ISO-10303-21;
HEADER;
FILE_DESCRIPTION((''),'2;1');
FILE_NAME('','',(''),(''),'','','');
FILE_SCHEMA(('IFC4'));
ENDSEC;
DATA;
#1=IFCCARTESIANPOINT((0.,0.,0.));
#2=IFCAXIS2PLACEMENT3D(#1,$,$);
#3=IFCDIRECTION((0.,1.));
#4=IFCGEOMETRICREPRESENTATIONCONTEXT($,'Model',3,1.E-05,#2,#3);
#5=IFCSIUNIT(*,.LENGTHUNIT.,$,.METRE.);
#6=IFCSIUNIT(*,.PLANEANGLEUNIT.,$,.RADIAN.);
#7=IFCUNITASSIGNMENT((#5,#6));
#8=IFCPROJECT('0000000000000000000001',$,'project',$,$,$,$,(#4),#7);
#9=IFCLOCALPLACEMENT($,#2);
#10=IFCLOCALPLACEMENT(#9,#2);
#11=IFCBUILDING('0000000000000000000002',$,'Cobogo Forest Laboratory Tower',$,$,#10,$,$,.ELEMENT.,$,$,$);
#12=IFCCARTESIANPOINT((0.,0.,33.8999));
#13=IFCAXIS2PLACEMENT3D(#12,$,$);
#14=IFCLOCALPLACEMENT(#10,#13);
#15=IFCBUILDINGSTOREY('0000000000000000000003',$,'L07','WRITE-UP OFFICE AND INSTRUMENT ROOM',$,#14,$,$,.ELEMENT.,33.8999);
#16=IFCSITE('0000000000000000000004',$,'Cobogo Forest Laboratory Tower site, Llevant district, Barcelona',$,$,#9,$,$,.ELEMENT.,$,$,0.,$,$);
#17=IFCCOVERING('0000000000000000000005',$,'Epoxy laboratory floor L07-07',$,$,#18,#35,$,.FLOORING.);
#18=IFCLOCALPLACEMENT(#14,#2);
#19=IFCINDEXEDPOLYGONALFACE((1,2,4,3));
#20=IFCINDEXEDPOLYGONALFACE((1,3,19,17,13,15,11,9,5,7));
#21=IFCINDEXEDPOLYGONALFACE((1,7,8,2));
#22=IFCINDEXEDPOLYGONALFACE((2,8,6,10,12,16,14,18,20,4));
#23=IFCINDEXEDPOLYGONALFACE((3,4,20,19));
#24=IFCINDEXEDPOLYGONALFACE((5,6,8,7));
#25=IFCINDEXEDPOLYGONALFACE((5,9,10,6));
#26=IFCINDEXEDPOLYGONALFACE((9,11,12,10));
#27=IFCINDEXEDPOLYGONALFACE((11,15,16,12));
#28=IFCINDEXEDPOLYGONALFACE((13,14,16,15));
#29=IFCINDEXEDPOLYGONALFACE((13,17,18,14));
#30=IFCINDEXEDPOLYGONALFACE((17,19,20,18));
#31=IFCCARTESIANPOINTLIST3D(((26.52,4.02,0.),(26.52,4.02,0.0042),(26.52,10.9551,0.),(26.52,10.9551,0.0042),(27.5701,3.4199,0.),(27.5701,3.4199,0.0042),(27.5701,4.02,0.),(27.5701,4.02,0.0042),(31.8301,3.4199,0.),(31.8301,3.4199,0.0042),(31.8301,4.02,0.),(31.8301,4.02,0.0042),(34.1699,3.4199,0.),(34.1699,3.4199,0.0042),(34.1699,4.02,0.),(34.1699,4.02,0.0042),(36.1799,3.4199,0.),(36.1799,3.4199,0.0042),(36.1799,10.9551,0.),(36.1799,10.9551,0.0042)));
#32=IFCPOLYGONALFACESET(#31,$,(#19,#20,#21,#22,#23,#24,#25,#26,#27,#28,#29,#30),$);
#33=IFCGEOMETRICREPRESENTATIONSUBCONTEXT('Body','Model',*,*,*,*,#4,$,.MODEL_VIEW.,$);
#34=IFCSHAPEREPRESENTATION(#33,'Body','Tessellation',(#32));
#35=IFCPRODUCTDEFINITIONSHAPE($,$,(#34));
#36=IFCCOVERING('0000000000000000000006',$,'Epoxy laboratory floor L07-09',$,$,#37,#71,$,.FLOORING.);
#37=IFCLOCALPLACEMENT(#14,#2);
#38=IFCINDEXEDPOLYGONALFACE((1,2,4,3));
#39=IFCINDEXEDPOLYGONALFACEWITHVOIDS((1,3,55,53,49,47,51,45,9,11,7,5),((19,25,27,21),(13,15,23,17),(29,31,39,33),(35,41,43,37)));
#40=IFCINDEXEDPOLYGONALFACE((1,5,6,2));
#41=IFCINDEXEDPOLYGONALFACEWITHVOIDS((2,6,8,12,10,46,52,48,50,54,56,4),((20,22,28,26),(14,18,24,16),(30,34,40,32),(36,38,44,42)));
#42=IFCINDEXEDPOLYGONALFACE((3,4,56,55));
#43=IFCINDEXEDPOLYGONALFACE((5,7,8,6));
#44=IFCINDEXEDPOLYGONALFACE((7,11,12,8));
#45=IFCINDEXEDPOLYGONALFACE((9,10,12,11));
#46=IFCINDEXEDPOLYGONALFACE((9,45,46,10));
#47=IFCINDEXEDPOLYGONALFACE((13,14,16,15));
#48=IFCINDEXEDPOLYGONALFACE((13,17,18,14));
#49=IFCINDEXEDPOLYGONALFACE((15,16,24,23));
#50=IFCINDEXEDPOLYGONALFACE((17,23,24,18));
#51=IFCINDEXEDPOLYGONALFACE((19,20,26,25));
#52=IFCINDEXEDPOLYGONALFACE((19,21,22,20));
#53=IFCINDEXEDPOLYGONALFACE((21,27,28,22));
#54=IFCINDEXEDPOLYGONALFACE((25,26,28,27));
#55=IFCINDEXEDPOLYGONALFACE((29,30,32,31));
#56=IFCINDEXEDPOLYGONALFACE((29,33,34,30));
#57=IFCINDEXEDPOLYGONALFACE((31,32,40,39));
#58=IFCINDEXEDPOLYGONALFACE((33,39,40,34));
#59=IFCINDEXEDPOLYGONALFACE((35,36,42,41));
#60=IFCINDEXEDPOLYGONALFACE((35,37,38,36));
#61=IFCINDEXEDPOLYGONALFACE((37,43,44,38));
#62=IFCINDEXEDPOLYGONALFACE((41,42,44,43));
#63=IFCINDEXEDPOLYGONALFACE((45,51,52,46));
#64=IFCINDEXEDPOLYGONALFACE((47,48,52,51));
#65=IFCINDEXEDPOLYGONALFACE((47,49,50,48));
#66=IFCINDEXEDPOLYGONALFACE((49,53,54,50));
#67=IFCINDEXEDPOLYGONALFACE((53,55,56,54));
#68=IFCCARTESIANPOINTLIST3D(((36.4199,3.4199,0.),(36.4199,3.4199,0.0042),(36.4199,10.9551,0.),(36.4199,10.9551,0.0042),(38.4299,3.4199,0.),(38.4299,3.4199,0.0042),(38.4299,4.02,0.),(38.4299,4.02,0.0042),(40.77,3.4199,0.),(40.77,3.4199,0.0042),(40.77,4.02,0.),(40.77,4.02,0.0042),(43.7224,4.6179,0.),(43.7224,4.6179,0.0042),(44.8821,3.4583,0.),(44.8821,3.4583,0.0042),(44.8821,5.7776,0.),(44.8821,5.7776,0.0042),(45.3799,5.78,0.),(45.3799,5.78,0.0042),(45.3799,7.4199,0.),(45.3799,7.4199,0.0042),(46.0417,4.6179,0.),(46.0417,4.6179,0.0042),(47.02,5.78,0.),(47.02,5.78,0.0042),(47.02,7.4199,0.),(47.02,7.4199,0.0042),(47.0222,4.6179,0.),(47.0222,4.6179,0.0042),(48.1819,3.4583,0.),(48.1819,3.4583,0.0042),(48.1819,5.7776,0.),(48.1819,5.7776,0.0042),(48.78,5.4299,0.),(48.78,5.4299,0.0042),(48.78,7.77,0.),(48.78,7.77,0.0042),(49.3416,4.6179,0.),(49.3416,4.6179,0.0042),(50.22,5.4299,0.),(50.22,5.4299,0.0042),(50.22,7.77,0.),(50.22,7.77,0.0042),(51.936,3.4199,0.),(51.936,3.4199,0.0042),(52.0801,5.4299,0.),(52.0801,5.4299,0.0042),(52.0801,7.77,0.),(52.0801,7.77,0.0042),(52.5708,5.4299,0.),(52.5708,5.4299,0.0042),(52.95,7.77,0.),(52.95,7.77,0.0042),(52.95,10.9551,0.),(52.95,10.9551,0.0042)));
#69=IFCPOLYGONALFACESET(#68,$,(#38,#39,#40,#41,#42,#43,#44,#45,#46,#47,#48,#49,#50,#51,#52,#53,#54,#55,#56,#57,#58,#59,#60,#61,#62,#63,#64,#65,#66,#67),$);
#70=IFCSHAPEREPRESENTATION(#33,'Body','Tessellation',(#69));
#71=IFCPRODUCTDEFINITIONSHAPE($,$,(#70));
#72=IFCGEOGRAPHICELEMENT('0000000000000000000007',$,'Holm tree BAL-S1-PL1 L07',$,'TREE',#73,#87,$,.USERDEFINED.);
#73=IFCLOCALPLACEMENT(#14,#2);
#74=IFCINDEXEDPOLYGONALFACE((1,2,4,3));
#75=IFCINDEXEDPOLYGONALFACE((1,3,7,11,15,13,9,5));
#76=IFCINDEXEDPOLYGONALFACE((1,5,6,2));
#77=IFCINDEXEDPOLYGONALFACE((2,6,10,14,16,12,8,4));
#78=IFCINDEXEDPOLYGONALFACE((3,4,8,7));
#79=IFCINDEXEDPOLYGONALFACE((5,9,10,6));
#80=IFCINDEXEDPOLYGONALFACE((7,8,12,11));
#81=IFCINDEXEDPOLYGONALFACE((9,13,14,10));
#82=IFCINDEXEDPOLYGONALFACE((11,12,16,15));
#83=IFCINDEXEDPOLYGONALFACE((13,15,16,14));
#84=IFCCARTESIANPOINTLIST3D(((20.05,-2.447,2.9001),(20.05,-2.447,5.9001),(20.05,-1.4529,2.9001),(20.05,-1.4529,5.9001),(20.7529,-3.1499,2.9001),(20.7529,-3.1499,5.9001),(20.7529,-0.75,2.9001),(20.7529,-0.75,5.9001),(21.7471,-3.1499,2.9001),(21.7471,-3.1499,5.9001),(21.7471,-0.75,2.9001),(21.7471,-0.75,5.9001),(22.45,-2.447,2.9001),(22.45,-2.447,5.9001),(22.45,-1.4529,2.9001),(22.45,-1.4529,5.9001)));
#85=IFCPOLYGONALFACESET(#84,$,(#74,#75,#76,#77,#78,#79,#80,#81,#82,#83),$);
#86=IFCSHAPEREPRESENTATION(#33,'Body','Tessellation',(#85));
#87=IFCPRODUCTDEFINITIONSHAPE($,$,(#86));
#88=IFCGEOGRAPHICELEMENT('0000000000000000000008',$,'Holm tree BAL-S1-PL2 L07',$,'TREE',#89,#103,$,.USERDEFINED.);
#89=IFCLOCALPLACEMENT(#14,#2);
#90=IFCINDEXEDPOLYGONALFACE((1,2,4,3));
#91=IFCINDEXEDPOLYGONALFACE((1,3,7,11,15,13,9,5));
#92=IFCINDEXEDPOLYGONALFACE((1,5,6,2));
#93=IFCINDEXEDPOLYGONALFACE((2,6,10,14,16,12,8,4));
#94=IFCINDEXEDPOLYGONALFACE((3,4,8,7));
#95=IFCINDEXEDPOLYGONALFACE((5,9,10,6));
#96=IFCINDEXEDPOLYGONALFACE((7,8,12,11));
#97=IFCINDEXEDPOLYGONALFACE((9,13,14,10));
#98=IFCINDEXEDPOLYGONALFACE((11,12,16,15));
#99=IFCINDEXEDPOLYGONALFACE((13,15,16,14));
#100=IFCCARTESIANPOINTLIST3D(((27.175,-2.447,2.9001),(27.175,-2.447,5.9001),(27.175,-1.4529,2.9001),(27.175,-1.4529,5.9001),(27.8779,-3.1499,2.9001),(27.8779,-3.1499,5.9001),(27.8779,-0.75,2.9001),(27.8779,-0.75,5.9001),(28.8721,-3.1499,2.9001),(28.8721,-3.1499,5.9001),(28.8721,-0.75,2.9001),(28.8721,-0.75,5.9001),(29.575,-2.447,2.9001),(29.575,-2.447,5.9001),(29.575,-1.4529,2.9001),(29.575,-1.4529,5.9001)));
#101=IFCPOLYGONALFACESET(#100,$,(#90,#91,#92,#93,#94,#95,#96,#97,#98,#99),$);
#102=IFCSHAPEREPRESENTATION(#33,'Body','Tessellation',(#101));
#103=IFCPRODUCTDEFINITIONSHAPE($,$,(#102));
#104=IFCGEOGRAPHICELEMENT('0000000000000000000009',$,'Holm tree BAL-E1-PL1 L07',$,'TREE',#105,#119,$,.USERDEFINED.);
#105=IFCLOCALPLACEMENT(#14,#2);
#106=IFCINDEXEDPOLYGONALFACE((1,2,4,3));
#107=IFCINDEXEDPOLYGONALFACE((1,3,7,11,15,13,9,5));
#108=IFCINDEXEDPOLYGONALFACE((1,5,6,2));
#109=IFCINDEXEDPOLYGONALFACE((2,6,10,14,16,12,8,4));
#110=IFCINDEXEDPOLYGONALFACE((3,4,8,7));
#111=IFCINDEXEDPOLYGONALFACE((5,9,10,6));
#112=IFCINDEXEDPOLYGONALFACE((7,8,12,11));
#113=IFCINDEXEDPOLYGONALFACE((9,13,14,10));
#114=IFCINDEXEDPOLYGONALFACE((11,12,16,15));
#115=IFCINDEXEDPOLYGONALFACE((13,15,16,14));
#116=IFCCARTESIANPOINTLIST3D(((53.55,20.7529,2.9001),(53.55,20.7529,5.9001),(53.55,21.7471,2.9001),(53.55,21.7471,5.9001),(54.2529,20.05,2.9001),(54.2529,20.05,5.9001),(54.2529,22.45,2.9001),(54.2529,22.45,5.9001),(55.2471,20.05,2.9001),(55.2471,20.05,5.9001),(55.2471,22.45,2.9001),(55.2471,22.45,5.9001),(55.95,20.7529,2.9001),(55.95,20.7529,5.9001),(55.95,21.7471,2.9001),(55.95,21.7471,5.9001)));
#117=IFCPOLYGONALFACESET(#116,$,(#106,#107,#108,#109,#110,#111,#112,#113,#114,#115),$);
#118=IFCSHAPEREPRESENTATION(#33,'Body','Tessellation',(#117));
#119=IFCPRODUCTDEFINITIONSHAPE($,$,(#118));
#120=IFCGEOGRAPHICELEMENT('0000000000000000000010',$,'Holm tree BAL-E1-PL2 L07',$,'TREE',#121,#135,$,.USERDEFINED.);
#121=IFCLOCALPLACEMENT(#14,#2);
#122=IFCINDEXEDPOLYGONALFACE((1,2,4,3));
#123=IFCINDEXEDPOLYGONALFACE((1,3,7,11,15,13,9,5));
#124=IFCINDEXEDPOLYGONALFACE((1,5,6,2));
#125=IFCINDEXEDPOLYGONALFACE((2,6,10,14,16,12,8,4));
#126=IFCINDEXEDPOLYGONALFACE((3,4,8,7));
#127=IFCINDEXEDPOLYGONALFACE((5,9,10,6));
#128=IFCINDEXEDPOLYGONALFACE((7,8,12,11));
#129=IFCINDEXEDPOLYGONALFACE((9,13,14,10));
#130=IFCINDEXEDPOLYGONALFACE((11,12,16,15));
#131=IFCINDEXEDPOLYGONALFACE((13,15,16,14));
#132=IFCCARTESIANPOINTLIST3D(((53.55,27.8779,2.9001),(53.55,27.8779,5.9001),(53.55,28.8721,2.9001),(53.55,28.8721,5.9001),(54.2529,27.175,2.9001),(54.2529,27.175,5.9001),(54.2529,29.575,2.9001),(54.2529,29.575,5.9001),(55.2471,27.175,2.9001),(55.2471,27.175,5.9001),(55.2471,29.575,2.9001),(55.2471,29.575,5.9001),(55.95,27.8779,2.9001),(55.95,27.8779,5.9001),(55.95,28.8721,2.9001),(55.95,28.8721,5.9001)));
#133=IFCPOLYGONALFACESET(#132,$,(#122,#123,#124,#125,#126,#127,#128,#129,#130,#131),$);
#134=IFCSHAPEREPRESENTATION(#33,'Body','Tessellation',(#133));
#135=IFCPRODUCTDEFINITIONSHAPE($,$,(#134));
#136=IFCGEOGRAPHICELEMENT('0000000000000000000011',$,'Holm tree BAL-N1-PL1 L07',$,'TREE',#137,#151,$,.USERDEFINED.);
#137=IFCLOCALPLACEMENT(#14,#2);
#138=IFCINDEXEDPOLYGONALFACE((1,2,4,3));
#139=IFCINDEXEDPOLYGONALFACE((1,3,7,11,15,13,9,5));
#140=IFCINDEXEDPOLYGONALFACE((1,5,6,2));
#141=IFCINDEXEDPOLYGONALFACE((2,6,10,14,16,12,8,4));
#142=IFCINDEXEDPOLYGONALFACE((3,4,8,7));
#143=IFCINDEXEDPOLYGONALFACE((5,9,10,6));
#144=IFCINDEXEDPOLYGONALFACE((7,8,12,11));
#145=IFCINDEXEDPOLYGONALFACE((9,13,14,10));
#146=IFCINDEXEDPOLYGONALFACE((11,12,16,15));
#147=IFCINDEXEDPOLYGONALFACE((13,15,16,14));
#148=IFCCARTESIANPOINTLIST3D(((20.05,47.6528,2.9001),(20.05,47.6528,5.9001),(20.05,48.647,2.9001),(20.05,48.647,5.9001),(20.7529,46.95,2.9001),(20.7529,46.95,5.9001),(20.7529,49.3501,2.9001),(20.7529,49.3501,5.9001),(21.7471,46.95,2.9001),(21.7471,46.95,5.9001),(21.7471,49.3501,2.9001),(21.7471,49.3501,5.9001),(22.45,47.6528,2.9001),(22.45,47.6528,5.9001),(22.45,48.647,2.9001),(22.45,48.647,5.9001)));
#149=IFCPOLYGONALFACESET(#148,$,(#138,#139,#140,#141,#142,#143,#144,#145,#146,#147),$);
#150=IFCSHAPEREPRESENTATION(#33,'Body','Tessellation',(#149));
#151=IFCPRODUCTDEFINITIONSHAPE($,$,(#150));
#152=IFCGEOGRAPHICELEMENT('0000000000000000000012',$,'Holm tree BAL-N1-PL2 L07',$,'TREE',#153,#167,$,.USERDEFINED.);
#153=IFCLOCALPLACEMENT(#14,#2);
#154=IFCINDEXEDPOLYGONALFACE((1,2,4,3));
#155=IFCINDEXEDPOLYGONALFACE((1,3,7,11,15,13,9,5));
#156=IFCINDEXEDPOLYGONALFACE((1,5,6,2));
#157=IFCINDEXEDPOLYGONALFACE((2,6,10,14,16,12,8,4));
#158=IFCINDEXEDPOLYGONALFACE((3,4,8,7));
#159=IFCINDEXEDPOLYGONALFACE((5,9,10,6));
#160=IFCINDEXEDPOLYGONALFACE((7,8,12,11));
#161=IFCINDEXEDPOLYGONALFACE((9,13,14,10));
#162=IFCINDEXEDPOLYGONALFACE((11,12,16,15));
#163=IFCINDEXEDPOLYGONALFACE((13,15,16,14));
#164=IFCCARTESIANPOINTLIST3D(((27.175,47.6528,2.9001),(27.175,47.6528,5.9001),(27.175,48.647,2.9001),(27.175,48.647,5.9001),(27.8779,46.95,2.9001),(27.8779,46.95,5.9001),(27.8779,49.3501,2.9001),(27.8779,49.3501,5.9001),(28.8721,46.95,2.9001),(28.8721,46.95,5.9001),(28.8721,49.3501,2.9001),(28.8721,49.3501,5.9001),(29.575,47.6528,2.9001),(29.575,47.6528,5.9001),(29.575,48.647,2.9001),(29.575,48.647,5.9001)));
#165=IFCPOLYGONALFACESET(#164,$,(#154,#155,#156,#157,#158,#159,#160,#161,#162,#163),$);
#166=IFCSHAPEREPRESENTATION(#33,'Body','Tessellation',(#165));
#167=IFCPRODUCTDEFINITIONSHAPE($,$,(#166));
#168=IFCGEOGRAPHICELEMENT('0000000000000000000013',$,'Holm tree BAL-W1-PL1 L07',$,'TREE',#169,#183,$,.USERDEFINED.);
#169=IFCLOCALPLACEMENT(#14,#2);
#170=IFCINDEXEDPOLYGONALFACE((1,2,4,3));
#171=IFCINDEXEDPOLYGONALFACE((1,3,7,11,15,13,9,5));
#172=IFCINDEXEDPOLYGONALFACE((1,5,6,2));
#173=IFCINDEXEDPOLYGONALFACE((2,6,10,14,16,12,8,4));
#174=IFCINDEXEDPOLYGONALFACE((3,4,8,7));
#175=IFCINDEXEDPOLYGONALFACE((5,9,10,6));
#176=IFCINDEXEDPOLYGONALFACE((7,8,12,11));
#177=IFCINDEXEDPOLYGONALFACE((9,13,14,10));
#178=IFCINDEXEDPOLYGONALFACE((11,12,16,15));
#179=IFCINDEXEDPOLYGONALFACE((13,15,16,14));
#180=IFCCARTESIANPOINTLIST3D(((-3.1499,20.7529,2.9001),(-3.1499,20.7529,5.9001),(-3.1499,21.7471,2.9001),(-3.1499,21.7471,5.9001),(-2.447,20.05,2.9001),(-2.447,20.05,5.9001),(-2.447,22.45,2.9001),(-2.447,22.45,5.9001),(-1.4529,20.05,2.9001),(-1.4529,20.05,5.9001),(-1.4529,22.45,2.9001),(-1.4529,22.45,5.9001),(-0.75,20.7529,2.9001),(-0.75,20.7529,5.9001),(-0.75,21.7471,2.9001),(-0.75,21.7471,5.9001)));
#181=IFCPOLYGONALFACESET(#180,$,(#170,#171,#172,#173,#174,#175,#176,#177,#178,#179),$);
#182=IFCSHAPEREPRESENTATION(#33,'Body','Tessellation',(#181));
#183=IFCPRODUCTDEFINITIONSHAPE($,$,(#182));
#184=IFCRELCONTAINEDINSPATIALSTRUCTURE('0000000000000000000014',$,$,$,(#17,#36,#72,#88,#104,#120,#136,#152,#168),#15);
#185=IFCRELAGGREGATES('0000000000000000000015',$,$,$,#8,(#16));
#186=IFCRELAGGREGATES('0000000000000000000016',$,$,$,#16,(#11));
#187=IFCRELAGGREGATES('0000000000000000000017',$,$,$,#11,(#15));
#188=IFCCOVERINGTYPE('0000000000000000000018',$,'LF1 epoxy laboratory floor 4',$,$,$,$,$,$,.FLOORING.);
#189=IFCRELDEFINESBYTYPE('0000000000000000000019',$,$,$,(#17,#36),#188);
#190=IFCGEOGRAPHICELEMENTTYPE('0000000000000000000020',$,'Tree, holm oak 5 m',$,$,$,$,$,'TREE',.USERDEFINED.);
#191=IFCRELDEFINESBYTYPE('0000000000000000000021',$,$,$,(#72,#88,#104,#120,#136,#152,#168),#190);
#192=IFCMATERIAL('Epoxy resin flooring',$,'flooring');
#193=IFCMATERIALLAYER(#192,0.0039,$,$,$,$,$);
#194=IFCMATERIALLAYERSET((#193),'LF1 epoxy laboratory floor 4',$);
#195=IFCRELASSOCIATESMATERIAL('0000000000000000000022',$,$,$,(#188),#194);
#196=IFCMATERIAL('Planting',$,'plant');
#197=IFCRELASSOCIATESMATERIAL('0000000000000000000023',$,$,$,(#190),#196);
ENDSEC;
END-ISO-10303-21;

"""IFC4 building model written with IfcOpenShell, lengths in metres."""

from ifc_helpers import new_model, si_unit, direction, frame, origin, place, context, subcontext, project, spatial, polyline, outline, extrude, material, layer, layer_set, type_object, element, save


model = new_model("IFC4")

# Units and contexts
model_context = context("Model", 3, precision=1e-05, world=origin(), true_north=direction((0.0, 1.0)))
body_context = subcontext(model_context, "Body", "Model", "MODEL_VIEW")
ifc_project = project(units=[si_unit("LENGTHUNIT", "METRE"), si_unit("PLANEANGLEUNIT", "RADIAN")], contexts=[model_context])

# Site, building, storey
site_placement = place(None, origin())
site = spatial("IfcSite", under=ifc_project, at=site_placement, Name="Cobogo Forest Laboratory Tower site, Llevant district, Barcelona", CompositionType="ELEMENT", RefElevation=0.0)
building_placement = place(site_placement, origin())
building = spatial("IfcBuilding", under=site, at=building_placement, Name="Cobogo Forest Laboratory Tower", CompositionType="ELEMENT")
storey_placement = place(building_placement, frame((0.0, 0.0, 33.8999)))
storey = spatial("IfcBuildingStorey", under=building, at=storey_placement, Name="L07", Description="WRITE-UP OFFICE AND INSTRUMENT ROOM", CompositionType="ELEMENT", Elevation=33.8999)

# Coverings
ifc_material_1 = material(Name="Epoxy resin flooring", Category="flooring")
ifc_layer_1 = layer(ifc_material_1, 0.0039)
ifc_layer_set_1 = layer_set([ifc_layer_1], Name="LF1 epoxy laboratory floor 4")
covering_type_1 = type_object("IfcCoveringType", Name="LF1 epoxy laboratory floor 4", PredefinedType="FLOORING", material=ifc_layer_set_1)
covering_1_placement = place(storey_placement, origin())
element("IfcCovering", 1, at=covering_1_placement, inside=storey, type_object=covering_type_1, Name="Epoxy laboratory floor L07-07", PredefinedType="FLOORING", context=body_context, shape_type="SweptSolid", body=[
    extrude(outline(polyline([(26.52, 10.9551), (36.1799, 10.9551), (36.1799, 3.4199), (34.1699, 3.4199), (34.1699, 4.02), (31.8301, 4.02), (31.8301, 3.4199), (27.5701, 3.4199), (27.5701, 4.02), (26.52, 4.02), (26.52, 10.9551)])), origin(), (0.0, 0.0, 1.0), 0.0042),
])
covering_2_placement = place(storey_placement, origin())
element("IfcCovering", 2, at=covering_2_placement, inside=storey, type_object=covering_type_1, Name="Epoxy laboratory floor L07-09", PredefinedType="FLOORING", context=body_context, shape_type="SweptSolid", body=[
    extrude(outline(polyline([(36.4199, 10.9551), (52.95, 10.9551), (52.95, 7.77), (52.0801, 7.77), (52.0801, 5.4299), (52.5708, 5.4299), (51.936, 3.4199), (40.77, 3.4199), (40.77, 4.02), (38.4299, 4.02), (38.4299, 3.4199), (36.4199, 3.4199), (36.4199, 10.9551)]), holes=[polyline([(48.78, 5.4299), (50.22, 5.4299), (50.22, 7.77), (48.78, 7.77), (48.78, 5.4299)]), polyline([(48.1819, 5.7776), (47.0222, 4.6179), (48.1819, 3.4583), (49.3416, 4.6179), (48.1819, 5.7776)]), polyline([(45.3799, 7.4199), (45.3799, 5.78), (47.02, 5.78), (47.02, 7.4199), (45.3799, 7.4199)]), polyline([(44.8821, 5.7776), (43.7224, 4.6179), (44.8821, 3.4583), (46.0417, 4.6179), (44.8821, 5.7776)])]), origin(), (0.0, 0.0, 1.0), 0.0042),
])

# Geographic elements
ifc_material_2 = material(Name="Planting", Category="plant")
geographic_element_type = type_object("IfcGeographicElementType", Name="Tree, holm oak 5 m", ElementType="TREE", PredefinedType="USERDEFINED", material=ifc_material_2)
geographic_element_1_placement = place(storey_placement, frame((0.0, 0.0, 2.9001)))
element("IfcGeographicElement", 3, at=geographic_element_1_placement, inside=storey, type_object=geographic_element_type, Name="Holm tree BAL-S1-PL1 L07", ObjectType="TREE", PredefinedType="USERDEFINED", context=body_context, shape_type="SweptSolid", body=[
    extrude(outline(polyline([(22.45, -2.447), (22.45, -1.4529), (21.7471, -0.75), (20.7529, -0.75), (20.05, -1.4529), (20.05, -2.447), (20.7529, -3.1499), (21.7471, -3.1499), (22.45, -2.447)])), origin(), (0.0, 0.0, 1.0), 3.0),
])
geographic_element_2_placement = place(storey_placement, frame((0.0, 0.0, 2.9001)))
element("IfcGeographicElement", 4, at=geographic_element_2_placement, inside=storey, type_object=geographic_element_type, Name="Holm tree BAL-S1-PL2 L07", ObjectType="TREE", PredefinedType="USERDEFINED", context=body_context, shape_type="SweptSolid", body=[
    extrude(outline(polyline([(29.575, -2.447), (29.575, -1.4529), (28.8721, -0.75), (27.8779, -0.75), (27.175, -1.4529), (27.175, -2.447), (27.8779, -3.1499), (28.8721, -3.1499), (29.575, -2.447)])), origin(), (0.0, 0.0, 1.0), 3.0),
])
geographic_element_3_placement = place(storey_placement, frame((0.0, 0.0, 2.9001)))
element("IfcGeographicElement", 5, at=geographic_element_3_placement, inside=storey, type_object=geographic_element_type, Name="Holm tree BAL-E1-PL1 L07", ObjectType="TREE", PredefinedType="USERDEFINED", context=body_context, shape_type="SweptSolid", body=[
    extrude(outline(polyline([(55.95, 20.7529), (55.95, 21.7471), (55.2471, 22.45), (54.2529, 22.45), (53.55, 21.7471), (53.55, 20.7529), (54.2529, 20.05), (55.2471, 20.05), (55.95, 20.7529)])), origin(), (0.0, 0.0, 1.0), 3.0),
])
geographic_element_4_placement = place(storey_placement, frame((0.0, 0.0, 2.9001)))
element("IfcGeographicElement", 6, at=geographic_element_4_placement, inside=storey, type_object=geographic_element_type, Name="Holm tree BAL-E1-PL2 L07", ObjectType="TREE", PredefinedType="USERDEFINED", context=body_context, shape_type="SweptSolid", body=[
    extrude(outline(polyline([(55.95, 27.8779), (55.95, 28.8721), (55.2471, 29.575), (54.2529, 29.575), (53.55, 28.8721), (53.55, 27.8779), (54.2529, 27.175), (55.2471, 27.175), (55.95, 27.8779)])), origin(), (0.0, 0.0, 1.0), 3.0),
])
geographic_element_5_placement = place(storey_placement, frame((0.0, 0.0, 2.9001)))
element("IfcGeographicElement", 7, at=geographic_element_5_placement, inside=storey, type_object=geographic_element_type, Name="Holm tree BAL-N1-PL1 L07", ObjectType="TREE", PredefinedType="USERDEFINED", context=body_context, shape_type="SweptSolid", body=[
    extrude(outline(polyline([(22.45, 47.6528), (22.45, 48.647), (21.7471, 49.3501), (20.7529, 49.3501), (20.05, 48.647), (20.05, 47.6528), (20.7529, 46.95), (21.7471, 46.95), (22.45, 47.6528)])), origin(), (0.0, 0.0, 1.0), 3.0),
])
geographic_element_6_placement = place(storey_placement, frame((0.0, 0.0, 2.9001)))
element("IfcGeographicElement", 8, at=geographic_element_6_placement, inside=storey, type_object=geographic_element_type, Name="Holm tree BAL-N1-PL2 L07", ObjectType="TREE", PredefinedType="USERDEFINED", context=body_context, shape_type="SweptSolid", body=[
    extrude(outline(polyline([(29.575, 47.6528), (29.575, 48.647), (28.8721, 49.3501), (27.8779, 49.3501), (27.175, 48.647), (27.175, 47.6528), (27.8779, 46.95), (28.8721, 46.95), (29.575, 47.6528)])), origin(), (0.0, 0.0, 1.0), 3.0),
])
geographic_element_7_placement = place(storey_placement, frame((0.0, 0.0, 2.9001)))
element("IfcGeographicElement", 9, at=geographic_element_7_placement, inside=storey, type_object=geographic_element_type, Name="Holm tree BAL-W1-PL1 L07", ObjectType="TREE", PredefinedType="USERDEFINED", context=body_context, shape_type="SweptSolid", body=[
    extrude(outline(polyline([(-0.75, 20.7529), (-0.75, 21.7471), (-1.4529, 22.45), (-2.447, 22.45), (-3.1499, 21.7471), (-3.1499, 20.7529), (-2.447, 20.05), (-1.4529, 20.05), (-0.75, 20.7529)])), origin(), (0.0, 0.0, 1.0), 3.0),
])

save(model, "model.ifc")
